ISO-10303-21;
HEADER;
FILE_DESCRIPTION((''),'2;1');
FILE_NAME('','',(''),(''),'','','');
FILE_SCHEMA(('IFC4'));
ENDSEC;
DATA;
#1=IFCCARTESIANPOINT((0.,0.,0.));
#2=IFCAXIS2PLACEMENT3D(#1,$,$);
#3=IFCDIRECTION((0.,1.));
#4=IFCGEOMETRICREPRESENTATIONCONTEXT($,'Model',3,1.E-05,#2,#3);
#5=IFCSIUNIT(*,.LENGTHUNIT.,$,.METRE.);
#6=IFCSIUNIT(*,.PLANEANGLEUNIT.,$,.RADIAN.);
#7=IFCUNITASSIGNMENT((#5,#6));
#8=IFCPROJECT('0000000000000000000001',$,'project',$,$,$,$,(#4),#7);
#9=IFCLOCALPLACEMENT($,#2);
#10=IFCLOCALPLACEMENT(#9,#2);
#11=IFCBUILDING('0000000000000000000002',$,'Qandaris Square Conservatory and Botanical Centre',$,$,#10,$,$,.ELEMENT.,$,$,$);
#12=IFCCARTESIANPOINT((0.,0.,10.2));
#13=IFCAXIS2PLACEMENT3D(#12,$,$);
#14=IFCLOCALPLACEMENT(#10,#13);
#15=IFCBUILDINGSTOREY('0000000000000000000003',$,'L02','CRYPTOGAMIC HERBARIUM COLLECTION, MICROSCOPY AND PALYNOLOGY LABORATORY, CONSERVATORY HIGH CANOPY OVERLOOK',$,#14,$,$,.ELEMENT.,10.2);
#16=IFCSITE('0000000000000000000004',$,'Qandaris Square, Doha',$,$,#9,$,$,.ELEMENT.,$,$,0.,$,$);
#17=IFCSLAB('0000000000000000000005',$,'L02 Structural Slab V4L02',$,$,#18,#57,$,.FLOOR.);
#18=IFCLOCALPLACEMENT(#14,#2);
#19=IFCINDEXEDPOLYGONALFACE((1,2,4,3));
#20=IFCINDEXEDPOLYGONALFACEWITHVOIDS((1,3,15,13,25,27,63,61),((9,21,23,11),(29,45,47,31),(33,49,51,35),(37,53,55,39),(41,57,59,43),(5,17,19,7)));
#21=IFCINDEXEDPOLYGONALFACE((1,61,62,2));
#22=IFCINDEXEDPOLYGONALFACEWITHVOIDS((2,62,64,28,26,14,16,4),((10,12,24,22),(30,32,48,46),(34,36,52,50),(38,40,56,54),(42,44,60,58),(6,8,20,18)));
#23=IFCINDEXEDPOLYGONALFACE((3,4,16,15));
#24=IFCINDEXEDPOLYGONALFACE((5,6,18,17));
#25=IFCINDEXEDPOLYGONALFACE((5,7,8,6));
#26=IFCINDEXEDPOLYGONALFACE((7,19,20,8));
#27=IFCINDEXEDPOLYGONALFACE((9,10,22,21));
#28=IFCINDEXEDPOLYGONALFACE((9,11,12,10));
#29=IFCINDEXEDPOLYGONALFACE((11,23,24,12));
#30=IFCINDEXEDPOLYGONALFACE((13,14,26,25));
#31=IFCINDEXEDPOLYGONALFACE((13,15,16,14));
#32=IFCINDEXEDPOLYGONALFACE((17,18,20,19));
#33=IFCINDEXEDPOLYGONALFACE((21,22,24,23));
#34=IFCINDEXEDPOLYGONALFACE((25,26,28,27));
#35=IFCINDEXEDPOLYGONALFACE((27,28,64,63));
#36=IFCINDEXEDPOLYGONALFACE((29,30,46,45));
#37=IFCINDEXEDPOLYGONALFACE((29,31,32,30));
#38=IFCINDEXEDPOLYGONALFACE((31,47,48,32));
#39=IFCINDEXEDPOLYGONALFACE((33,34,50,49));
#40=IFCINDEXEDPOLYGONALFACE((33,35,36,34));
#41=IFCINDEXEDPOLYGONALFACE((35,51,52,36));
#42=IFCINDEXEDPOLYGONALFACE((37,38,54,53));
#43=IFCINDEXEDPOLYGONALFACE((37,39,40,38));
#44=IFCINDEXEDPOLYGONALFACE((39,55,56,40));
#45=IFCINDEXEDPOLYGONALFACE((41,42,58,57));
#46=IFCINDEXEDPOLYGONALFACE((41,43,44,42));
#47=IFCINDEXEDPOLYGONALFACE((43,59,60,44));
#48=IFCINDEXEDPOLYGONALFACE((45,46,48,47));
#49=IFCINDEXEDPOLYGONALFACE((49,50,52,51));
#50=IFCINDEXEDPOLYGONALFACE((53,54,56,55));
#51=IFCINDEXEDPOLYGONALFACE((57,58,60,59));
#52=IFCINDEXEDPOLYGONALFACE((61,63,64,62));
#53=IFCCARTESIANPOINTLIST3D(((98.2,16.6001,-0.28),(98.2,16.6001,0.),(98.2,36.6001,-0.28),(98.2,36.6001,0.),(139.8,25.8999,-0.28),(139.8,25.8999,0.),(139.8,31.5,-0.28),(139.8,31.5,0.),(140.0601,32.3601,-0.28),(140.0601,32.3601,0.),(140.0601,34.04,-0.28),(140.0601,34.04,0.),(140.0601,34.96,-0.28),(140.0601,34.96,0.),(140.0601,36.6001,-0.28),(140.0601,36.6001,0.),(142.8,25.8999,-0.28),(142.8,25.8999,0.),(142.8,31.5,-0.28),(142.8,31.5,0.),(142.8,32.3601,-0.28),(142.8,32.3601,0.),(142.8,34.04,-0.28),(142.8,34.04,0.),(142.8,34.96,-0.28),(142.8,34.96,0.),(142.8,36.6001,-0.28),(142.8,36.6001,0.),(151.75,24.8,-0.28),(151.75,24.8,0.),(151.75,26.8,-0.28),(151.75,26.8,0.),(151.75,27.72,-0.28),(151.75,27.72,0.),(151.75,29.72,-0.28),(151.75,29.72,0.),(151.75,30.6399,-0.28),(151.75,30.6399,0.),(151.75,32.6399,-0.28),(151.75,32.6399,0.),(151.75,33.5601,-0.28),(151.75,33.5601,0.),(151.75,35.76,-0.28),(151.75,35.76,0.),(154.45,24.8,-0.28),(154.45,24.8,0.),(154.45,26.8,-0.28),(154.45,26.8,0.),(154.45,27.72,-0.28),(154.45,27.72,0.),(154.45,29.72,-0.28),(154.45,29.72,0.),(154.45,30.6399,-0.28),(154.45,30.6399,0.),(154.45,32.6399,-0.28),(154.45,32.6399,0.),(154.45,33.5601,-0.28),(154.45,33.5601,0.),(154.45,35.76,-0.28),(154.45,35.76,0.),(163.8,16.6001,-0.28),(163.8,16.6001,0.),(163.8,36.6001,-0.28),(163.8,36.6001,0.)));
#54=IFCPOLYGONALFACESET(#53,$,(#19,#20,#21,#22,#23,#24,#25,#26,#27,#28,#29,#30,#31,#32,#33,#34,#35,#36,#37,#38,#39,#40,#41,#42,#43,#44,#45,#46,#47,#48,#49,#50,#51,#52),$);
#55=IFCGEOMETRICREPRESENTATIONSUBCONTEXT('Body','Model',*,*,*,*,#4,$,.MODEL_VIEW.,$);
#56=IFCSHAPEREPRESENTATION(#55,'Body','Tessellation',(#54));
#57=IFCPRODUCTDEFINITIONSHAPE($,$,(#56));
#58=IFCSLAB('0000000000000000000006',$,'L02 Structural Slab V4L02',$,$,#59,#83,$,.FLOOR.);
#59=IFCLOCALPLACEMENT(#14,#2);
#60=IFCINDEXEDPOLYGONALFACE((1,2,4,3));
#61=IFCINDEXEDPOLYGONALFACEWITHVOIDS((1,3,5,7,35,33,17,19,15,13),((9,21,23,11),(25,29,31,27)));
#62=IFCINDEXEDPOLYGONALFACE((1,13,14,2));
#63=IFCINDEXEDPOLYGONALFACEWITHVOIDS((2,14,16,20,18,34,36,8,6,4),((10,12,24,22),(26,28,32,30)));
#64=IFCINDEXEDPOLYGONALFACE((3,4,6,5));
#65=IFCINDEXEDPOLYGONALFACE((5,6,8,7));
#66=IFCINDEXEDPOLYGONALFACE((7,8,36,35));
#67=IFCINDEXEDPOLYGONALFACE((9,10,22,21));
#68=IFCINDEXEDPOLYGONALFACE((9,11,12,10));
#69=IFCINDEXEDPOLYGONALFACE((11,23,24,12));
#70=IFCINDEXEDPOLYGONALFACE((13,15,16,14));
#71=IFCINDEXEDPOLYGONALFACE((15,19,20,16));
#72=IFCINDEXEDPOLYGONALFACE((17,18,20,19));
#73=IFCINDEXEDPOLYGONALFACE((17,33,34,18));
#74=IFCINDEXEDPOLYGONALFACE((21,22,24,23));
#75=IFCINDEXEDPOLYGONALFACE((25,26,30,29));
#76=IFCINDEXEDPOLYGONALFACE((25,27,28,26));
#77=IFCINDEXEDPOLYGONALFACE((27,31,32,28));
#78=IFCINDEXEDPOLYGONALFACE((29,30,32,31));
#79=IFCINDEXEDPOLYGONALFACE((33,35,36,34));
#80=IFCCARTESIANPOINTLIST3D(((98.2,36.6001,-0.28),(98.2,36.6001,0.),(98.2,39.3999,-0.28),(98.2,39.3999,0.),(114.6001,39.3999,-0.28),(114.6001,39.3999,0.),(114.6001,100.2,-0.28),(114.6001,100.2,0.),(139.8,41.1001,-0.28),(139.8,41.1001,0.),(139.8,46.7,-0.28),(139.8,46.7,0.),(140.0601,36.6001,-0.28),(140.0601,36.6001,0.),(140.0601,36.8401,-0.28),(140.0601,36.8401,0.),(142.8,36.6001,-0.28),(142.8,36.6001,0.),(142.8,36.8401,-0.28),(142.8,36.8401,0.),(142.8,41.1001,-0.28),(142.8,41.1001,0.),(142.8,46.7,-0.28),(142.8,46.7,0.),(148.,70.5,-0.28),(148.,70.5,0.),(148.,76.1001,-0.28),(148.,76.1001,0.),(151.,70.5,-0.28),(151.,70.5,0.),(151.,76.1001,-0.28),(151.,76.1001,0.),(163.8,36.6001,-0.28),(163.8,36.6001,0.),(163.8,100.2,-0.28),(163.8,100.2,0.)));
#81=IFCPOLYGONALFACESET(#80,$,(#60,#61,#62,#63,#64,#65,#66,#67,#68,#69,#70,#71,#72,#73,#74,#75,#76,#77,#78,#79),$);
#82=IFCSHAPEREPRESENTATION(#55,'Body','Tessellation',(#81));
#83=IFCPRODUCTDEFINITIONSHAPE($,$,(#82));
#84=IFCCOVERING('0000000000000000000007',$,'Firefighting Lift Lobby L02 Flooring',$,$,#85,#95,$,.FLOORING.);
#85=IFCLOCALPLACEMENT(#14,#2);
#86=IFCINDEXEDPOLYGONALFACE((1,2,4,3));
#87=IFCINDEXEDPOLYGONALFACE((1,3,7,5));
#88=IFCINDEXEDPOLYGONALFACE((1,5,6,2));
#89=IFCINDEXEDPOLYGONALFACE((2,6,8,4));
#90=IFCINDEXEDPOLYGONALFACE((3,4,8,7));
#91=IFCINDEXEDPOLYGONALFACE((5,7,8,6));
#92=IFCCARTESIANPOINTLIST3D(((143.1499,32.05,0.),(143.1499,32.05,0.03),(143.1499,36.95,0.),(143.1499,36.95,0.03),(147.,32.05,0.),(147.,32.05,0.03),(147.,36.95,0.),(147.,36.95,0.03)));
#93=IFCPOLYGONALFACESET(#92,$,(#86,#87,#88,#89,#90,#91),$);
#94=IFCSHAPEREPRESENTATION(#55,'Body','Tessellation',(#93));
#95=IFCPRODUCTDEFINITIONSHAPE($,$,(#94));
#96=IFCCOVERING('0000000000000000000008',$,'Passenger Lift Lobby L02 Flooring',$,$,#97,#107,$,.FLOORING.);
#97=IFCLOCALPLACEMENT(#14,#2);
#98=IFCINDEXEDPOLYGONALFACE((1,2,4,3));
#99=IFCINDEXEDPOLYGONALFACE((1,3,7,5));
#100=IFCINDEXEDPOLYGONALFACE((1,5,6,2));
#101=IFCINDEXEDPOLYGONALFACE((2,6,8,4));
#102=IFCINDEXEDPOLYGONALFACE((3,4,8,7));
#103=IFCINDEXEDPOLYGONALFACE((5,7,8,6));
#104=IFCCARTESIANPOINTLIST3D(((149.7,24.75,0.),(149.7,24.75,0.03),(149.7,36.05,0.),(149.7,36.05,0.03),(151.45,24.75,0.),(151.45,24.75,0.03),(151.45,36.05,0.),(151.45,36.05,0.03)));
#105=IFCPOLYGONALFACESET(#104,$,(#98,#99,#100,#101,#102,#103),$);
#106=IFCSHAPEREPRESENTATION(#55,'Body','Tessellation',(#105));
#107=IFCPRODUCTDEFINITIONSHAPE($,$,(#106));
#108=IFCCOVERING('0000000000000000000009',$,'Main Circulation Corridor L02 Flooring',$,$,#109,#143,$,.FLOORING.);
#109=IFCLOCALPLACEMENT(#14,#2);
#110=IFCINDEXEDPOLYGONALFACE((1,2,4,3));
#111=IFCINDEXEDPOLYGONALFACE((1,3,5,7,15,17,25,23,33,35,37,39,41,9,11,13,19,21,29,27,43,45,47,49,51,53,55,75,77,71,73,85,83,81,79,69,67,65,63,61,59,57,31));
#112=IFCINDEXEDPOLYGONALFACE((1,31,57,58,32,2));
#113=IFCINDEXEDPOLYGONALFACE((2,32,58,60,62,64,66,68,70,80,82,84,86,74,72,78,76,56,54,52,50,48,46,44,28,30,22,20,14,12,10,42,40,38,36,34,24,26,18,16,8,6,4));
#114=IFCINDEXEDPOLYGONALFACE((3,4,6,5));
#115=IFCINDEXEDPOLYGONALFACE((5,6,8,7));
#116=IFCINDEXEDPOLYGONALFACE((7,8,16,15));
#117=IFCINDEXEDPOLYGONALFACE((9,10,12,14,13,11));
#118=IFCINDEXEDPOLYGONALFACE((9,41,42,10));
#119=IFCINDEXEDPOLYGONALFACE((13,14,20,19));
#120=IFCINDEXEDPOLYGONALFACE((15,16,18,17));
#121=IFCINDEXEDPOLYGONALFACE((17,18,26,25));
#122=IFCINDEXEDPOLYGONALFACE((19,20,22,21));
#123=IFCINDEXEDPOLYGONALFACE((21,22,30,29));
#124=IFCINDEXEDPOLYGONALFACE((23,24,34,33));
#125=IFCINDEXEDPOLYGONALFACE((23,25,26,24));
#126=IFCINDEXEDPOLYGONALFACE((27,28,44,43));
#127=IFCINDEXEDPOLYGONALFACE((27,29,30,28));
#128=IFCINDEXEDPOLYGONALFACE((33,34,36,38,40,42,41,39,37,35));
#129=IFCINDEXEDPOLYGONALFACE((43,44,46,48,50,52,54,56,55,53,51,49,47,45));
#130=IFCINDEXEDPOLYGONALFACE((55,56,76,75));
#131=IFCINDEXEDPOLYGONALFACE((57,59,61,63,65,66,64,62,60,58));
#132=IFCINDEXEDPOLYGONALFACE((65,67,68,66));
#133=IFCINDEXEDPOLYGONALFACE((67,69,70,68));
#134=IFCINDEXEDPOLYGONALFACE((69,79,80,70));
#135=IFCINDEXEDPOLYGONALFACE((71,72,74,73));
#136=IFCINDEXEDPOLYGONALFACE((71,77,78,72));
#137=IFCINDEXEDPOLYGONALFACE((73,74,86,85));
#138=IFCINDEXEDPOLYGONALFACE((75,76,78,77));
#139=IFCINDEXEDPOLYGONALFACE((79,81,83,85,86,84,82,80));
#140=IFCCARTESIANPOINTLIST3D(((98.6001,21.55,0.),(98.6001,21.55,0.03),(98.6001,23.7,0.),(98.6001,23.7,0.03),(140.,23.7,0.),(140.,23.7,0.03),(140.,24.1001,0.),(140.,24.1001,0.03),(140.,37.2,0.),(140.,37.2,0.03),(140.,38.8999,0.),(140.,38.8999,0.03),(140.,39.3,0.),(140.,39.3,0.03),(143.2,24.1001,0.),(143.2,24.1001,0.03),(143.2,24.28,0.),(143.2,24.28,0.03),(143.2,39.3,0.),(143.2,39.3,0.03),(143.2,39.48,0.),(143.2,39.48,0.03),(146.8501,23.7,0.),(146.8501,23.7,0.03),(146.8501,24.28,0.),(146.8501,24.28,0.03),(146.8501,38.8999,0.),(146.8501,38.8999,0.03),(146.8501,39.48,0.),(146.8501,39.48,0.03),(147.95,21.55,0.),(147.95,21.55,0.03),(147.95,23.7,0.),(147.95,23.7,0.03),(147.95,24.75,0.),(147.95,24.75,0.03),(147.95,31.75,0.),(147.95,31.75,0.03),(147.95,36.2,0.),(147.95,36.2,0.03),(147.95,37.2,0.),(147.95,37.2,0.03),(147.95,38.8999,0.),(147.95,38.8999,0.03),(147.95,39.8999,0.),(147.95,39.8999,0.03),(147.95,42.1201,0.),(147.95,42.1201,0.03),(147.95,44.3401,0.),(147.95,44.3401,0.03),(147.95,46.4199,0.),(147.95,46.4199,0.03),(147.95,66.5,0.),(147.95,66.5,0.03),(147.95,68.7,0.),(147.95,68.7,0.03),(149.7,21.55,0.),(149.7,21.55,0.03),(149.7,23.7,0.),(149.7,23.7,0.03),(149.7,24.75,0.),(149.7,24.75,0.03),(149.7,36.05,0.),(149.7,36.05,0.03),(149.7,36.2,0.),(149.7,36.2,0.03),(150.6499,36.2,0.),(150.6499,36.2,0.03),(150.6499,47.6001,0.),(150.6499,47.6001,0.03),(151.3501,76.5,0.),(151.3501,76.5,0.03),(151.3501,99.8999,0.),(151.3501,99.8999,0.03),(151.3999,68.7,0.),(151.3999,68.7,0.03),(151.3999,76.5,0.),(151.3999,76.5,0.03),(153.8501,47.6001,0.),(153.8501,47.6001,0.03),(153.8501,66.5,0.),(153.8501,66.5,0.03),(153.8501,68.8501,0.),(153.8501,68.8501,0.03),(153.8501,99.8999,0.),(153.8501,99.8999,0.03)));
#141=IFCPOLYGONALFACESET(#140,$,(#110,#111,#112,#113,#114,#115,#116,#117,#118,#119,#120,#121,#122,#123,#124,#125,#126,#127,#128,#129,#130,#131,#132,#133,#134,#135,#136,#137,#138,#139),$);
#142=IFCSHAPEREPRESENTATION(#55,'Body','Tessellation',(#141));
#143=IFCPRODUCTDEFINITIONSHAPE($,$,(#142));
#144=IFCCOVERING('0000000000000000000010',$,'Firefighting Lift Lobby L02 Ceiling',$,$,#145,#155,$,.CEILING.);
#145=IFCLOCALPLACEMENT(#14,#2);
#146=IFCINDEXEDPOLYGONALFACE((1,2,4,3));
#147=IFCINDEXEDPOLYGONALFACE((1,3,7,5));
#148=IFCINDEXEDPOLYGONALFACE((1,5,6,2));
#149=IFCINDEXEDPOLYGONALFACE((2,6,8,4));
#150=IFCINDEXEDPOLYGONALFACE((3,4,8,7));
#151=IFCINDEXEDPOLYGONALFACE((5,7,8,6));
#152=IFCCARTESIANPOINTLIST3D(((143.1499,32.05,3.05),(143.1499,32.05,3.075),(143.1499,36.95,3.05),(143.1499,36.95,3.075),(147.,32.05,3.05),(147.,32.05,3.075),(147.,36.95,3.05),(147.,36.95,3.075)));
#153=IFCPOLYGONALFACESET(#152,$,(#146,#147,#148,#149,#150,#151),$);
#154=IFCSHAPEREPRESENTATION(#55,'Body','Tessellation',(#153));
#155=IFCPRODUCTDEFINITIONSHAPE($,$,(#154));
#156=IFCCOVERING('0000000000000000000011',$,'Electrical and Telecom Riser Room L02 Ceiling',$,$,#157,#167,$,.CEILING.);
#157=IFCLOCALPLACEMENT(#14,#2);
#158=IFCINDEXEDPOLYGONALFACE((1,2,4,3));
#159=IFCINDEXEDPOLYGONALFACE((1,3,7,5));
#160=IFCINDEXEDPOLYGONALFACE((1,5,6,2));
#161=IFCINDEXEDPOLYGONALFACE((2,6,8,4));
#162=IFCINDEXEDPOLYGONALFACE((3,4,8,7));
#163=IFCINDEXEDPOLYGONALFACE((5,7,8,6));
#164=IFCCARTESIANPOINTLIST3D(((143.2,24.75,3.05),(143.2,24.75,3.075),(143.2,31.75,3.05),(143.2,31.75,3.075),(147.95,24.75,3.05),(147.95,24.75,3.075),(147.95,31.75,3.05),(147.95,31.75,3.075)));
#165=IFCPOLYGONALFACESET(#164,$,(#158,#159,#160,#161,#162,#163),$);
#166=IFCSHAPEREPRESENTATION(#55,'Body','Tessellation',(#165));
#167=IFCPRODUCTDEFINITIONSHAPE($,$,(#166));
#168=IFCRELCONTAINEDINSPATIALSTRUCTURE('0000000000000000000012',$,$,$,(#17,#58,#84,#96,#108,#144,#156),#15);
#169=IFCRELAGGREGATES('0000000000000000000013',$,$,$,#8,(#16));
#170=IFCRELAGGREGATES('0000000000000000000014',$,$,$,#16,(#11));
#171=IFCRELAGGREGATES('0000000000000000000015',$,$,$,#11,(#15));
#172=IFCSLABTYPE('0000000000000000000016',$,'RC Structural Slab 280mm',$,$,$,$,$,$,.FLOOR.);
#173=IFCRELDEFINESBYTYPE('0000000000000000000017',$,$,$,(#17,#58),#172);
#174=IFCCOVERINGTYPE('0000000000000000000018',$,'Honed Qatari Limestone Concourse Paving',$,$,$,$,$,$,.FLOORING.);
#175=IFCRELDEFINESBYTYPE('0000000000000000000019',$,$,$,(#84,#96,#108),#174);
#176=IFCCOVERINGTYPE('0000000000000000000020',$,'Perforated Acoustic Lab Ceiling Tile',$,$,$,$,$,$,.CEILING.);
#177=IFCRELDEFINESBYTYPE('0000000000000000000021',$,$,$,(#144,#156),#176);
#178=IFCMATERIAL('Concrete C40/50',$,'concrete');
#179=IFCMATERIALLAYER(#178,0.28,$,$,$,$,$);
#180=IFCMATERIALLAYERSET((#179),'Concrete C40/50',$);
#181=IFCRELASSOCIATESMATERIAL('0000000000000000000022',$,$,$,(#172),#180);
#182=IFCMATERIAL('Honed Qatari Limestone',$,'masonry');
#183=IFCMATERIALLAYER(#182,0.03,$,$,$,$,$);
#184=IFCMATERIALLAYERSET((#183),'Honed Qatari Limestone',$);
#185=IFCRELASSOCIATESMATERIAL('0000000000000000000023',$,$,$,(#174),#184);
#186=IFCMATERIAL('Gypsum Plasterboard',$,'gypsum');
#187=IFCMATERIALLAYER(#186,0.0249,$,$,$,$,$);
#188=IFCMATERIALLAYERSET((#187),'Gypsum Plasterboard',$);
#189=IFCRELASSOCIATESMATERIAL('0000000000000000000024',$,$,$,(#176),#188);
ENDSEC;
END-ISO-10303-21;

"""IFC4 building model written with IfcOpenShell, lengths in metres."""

from ifc_helpers import new_model, si_unit, direction, frame, origin, place, context, subcontext, project, spatial, polyline, outline, extrude, material, layer, layer_set, type_object, element, save


model = new_model("IFC4")

# Units and contexts
model_context = context("Model", 3, precision=1e-05, world=origin(), true_north=direction((0.0, 1.0)))
body_context = subcontext(model_context, "Body", "Model", "MODEL_VIEW")
ifc_project = project(units=[si_unit("LENGTHUNIT", "METRE"), si_unit("PLANEANGLEUNIT", "RADIAN")], contexts=[model_context])

# Site, building, storey
site_placement = place(None, origin())
site = spatial("IfcSite", under=ifc_project, at=site_placement, Name="Qandaris Square, Doha", CompositionType="ELEMENT", RefElevation=0.0)
building_placement = place(site_placement, origin())
building = spatial("IfcBuilding", under=site, at=building_placement, Name="Qandaris Square Conservatory and Botanical Centre", CompositionType="ELEMENT")
storey_placement = place(building_placement, frame((0.0, 0.0, 10.2)))
storey = spatial("IfcBuildingStorey", under=building, at=storey_placement, Name="L02", Description="CRYPTOGAMIC HERBARIUM COLLECTION, MICROSCOPY AND PALYNOLOGY LABORATORY, CONSERVATORY HIGH CANOPY OVERLOOK", CompositionType="ELEMENT", Elevation=10.2)

# Shared definitions
ifc_material_1 = material(Name="Concrete C40/50", Category="concrete")

# Slabs
ifc_layer_1 = layer(ifc_material_1, 0.28)
ifc_layer_set_1 = layer_set([ifc_layer_1], Name="Concrete C40/50")
slab_type_1 = type_object("IfcSlabType", Name="RC Structural Slab 280mm", PredefinedType="FLOOR", material=ifc_layer_set_1)
slab_1_placement = place(storey_placement, frame((0.0, 0.0, -0.28)))
element("IfcSlab", 1, at=slab_1_placement, inside=storey, type_object=slab_type_1, Name="L02 Structural Slab V4L02", PredefinedType="FLOOR", context=body_context, shape_type="SweptSolid", body=[
    extrude(outline(polyline([(163.8, 16.6001), (98.2, 16.6001), (98.2, 36.6001), (140.0601, 36.6001), (140.0601, 34.96), (142.8, 34.96), (142.8, 36.6001), (163.8, 36.6001), (163.8, 16.6001)]), holes=[polyline([(139.8, 25.8999), (142.8, 25.8999), (142.8, 31.5), (139.8, 31.5), (139.8, 25.8999)]), polyline([(140.0601, 32.3601), (142.8, 32.3601), (142.8, 34.04), (140.0601, 34.04), (140.0601, 32.3601)]), polyline([(151.75, 26.8), (151.75, 24.8), (154.45, 24.8), (154.45, 26.8), (151.75, 26.8)]), polyline([(151.75, 29.72), (151.75, 27.72), (154.45, 27.72), (154.45, 29.72), (151.75, 29.72)]), polyline([(151.75, 30.6399), (154.45, 30.6399), (154.45, 32.6399), (151.75, 32.6399), (151.75, 30.6399)]), polyline([(151.75, 35.76), (151.75, 33.5601), (154.45, 33.5601), (154.45, 35.76), (151.75, 35.76)])]), origin(), (0.0, 0.0, 1.0), 0.28),
])
slab_2_placement = place(storey_placement, frame((0.0, 0.0, -0.28)))
element("IfcSlab", 2, at=slab_2_placement, inside=storey, type_object=slab_type_1, Name="L02 Structural Slab V4L02", PredefinedType="FLOOR", context=body_context, shape_type="SweptSolid", body=[
    extrude(outline(polyline([(114.6001, 39.3999), (114.6001, 100.2), (163.8, 100.2), (163.8, 36.6001), (142.8, 36.6001), (142.8, 36.8401), (140.0601, 36.8401), (140.0601, 36.6001), (98.2, 36.6001), (98.2, 39.3999), (114.6001, 39.3999)]), holes=[polyline([(139.8, 46.7), (139.8, 41.1001), (142.8, 41.1001), (142.8, 46.7), (139.8, 46.7)]), polyline([(148.0, 76.1001), (148.0, 70.5), (151.0, 70.5), (151.0, 76.1001), (148.0, 76.1001)])]), origin(), (0.0, 0.0, 1.0), 0.28),
])

# Coverings
ifc_material_2 = material(Name="Honed Qatari Limestone", Category="masonry")
ifc_layer_2 = layer(ifc_material_2, 0.03)
ifc_layer_set_2 = layer_set([ifc_layer_2], Name="Honed Qatari Limestone")
covering_type_1 = type_object("IfcCoveringType", Name="Honed Qatari Limestone Concourse Paving", PredefinedType="FLOORING", material=ifc_layer_set_2)
covering_1_placement = place(storey_placement, origin())
element("IfcCovering", 3, at=covering_1_placement, inside=storey, type_object=covering_type_1, Name="Firefighting Lift Lobby L02 Flooring", PredefinedType="FLOORING", context=body_context, shape_type="SweptSolid", body=[
    extrude(outline(polyline([(143.1499, 36.95), (147.0, 36.95), (147.0, 32.05), (143.1499, 32.05), (143.1499, 36.95)])), origin(), (0.0, 0.0, 1.0), 0.03),
])
covering_2_placement = place(storey_placement, origin())
element("IfcCovering", 4, at=covering_2_placement, inside=storey, type_object=covering_type_1, Name="Passenger Lift Lobby L02 Flooring", PredefinedType="FLOORING", context=body_context, shape_type="SweptSolid", body=[
    extrude(outline(polyline([(149.7, 36.05), (151.45, 36.05), (151.45, 24.75), (149.7, 24.75), (149.7, 36.05)])), origin(), (0.0, 0.0, 1.0), 0.03),
])
covering_3_placement = place(storey_placement, origin())
element("IfcCovering", 5, at=covering_3_placement, inside=storey, type_object=covering_type_1, Name="Main Circulation Corridor L02 Flooring", PredefinedType="FLOORING", context=body_context, shape_type="SweptSolid", body=[
    extrude(outline(polyline([(140.0, 24.1001), (143.2, 24.1001), (143.2, 24.28), (146.8501, 24.28), (146.8501, 23.7), (147.95, 23.7), (147.95, 24.75), (147.95, 31.75), (147.95, 36.2), (147.95, 37.2), (140.0, 37.2), (140.0, 38.8999), (140.0, 39.3), (143.2, 39.3), (143.2, 39.48), (146.8501, 39.48), (146.8501, 38.8999), (147.95, 38.8999), (147.95, 39.8999), (147.95, 42.1201), (147.95, 44.3401), (147.95, 46.4199), (147.95, 66.5), (147.95, 68.7), (151.3999, 68.7), (151.3999, 76.5), (151.3501, 76.5), (151.3501, 99.8999), (153.8501, 99.8999), (153.8501, 68.8501), (153.8501, 66.5), (153.8501, 47.6001), (150.6499, 47.6001), (150.6499, 36.2), (149.7, 36.2), (149.7, 36.05), (149.7, 24.75), (149.7, 23.7), (149.7, 21.55), (147.95, 21.55), (98.6001, 21.55), (98.6001, 23.7), (140.0, 23.7), (140.0, 24.1001)])), origin(), (0.0, 0.0, 1.0), 0.03),
])
ifc_material_3 = material(Name="Gypsum Plasterboard", Category="gypsum")
ifc_layer_3 = layer(ifc_material_3, 0.0249)
ifc_layer_set_3 = layer_set([ifc_layer_3], Name="Gypsum Plasterboard")
covering_type_2 = type_object("IfcCoveringType", Name="Perforated Acoustic Lab Ceiling Tile", PredefinedType="CEILING", material=ifc_layer_set_3)
covering_4_placement = place(storey_placement, frame((0.0, 0.0, 3.05)))
element("IfcCovering", 6, at=covering_4_placement, inside=storey, type_object=covering_type_2, Name="Firefighting Lift Lobby L02 Ceiling", PredefinedType="CEILING", context=body_context, shape_type="SweptSolid", body=[
    extrude(outline(polyline([(143.1499, 36.95), (147.0, 36.95), (147.0, 32.05), (143.1499, 32.05), (143.1499, 36.95)])), origin(), (0.0, 0.0, 1.0), 0.0249),
])
covering_5_placement = place(storey_placement, frame((0.0, 0.0, 3.05)))
element("IfcCovering", 7, at=covering_5_placement, inside=storey, type_object=covering_type_2, Name="Electrical and Telecom Riser Room L02 Ceiling", PredefinedType="CEILING", context=body_context, shape_type="SweptSolid", body=[
    extrude(outline(polyline([(147.95, 31.75), (147.95, 24.75), (143.2, 24.75), (143.2, 31.75), (147.95, 31.75)])), origin(), (0.0, 0.0, 1.0), 0.0249),
])

save(model, "model.ifc")
